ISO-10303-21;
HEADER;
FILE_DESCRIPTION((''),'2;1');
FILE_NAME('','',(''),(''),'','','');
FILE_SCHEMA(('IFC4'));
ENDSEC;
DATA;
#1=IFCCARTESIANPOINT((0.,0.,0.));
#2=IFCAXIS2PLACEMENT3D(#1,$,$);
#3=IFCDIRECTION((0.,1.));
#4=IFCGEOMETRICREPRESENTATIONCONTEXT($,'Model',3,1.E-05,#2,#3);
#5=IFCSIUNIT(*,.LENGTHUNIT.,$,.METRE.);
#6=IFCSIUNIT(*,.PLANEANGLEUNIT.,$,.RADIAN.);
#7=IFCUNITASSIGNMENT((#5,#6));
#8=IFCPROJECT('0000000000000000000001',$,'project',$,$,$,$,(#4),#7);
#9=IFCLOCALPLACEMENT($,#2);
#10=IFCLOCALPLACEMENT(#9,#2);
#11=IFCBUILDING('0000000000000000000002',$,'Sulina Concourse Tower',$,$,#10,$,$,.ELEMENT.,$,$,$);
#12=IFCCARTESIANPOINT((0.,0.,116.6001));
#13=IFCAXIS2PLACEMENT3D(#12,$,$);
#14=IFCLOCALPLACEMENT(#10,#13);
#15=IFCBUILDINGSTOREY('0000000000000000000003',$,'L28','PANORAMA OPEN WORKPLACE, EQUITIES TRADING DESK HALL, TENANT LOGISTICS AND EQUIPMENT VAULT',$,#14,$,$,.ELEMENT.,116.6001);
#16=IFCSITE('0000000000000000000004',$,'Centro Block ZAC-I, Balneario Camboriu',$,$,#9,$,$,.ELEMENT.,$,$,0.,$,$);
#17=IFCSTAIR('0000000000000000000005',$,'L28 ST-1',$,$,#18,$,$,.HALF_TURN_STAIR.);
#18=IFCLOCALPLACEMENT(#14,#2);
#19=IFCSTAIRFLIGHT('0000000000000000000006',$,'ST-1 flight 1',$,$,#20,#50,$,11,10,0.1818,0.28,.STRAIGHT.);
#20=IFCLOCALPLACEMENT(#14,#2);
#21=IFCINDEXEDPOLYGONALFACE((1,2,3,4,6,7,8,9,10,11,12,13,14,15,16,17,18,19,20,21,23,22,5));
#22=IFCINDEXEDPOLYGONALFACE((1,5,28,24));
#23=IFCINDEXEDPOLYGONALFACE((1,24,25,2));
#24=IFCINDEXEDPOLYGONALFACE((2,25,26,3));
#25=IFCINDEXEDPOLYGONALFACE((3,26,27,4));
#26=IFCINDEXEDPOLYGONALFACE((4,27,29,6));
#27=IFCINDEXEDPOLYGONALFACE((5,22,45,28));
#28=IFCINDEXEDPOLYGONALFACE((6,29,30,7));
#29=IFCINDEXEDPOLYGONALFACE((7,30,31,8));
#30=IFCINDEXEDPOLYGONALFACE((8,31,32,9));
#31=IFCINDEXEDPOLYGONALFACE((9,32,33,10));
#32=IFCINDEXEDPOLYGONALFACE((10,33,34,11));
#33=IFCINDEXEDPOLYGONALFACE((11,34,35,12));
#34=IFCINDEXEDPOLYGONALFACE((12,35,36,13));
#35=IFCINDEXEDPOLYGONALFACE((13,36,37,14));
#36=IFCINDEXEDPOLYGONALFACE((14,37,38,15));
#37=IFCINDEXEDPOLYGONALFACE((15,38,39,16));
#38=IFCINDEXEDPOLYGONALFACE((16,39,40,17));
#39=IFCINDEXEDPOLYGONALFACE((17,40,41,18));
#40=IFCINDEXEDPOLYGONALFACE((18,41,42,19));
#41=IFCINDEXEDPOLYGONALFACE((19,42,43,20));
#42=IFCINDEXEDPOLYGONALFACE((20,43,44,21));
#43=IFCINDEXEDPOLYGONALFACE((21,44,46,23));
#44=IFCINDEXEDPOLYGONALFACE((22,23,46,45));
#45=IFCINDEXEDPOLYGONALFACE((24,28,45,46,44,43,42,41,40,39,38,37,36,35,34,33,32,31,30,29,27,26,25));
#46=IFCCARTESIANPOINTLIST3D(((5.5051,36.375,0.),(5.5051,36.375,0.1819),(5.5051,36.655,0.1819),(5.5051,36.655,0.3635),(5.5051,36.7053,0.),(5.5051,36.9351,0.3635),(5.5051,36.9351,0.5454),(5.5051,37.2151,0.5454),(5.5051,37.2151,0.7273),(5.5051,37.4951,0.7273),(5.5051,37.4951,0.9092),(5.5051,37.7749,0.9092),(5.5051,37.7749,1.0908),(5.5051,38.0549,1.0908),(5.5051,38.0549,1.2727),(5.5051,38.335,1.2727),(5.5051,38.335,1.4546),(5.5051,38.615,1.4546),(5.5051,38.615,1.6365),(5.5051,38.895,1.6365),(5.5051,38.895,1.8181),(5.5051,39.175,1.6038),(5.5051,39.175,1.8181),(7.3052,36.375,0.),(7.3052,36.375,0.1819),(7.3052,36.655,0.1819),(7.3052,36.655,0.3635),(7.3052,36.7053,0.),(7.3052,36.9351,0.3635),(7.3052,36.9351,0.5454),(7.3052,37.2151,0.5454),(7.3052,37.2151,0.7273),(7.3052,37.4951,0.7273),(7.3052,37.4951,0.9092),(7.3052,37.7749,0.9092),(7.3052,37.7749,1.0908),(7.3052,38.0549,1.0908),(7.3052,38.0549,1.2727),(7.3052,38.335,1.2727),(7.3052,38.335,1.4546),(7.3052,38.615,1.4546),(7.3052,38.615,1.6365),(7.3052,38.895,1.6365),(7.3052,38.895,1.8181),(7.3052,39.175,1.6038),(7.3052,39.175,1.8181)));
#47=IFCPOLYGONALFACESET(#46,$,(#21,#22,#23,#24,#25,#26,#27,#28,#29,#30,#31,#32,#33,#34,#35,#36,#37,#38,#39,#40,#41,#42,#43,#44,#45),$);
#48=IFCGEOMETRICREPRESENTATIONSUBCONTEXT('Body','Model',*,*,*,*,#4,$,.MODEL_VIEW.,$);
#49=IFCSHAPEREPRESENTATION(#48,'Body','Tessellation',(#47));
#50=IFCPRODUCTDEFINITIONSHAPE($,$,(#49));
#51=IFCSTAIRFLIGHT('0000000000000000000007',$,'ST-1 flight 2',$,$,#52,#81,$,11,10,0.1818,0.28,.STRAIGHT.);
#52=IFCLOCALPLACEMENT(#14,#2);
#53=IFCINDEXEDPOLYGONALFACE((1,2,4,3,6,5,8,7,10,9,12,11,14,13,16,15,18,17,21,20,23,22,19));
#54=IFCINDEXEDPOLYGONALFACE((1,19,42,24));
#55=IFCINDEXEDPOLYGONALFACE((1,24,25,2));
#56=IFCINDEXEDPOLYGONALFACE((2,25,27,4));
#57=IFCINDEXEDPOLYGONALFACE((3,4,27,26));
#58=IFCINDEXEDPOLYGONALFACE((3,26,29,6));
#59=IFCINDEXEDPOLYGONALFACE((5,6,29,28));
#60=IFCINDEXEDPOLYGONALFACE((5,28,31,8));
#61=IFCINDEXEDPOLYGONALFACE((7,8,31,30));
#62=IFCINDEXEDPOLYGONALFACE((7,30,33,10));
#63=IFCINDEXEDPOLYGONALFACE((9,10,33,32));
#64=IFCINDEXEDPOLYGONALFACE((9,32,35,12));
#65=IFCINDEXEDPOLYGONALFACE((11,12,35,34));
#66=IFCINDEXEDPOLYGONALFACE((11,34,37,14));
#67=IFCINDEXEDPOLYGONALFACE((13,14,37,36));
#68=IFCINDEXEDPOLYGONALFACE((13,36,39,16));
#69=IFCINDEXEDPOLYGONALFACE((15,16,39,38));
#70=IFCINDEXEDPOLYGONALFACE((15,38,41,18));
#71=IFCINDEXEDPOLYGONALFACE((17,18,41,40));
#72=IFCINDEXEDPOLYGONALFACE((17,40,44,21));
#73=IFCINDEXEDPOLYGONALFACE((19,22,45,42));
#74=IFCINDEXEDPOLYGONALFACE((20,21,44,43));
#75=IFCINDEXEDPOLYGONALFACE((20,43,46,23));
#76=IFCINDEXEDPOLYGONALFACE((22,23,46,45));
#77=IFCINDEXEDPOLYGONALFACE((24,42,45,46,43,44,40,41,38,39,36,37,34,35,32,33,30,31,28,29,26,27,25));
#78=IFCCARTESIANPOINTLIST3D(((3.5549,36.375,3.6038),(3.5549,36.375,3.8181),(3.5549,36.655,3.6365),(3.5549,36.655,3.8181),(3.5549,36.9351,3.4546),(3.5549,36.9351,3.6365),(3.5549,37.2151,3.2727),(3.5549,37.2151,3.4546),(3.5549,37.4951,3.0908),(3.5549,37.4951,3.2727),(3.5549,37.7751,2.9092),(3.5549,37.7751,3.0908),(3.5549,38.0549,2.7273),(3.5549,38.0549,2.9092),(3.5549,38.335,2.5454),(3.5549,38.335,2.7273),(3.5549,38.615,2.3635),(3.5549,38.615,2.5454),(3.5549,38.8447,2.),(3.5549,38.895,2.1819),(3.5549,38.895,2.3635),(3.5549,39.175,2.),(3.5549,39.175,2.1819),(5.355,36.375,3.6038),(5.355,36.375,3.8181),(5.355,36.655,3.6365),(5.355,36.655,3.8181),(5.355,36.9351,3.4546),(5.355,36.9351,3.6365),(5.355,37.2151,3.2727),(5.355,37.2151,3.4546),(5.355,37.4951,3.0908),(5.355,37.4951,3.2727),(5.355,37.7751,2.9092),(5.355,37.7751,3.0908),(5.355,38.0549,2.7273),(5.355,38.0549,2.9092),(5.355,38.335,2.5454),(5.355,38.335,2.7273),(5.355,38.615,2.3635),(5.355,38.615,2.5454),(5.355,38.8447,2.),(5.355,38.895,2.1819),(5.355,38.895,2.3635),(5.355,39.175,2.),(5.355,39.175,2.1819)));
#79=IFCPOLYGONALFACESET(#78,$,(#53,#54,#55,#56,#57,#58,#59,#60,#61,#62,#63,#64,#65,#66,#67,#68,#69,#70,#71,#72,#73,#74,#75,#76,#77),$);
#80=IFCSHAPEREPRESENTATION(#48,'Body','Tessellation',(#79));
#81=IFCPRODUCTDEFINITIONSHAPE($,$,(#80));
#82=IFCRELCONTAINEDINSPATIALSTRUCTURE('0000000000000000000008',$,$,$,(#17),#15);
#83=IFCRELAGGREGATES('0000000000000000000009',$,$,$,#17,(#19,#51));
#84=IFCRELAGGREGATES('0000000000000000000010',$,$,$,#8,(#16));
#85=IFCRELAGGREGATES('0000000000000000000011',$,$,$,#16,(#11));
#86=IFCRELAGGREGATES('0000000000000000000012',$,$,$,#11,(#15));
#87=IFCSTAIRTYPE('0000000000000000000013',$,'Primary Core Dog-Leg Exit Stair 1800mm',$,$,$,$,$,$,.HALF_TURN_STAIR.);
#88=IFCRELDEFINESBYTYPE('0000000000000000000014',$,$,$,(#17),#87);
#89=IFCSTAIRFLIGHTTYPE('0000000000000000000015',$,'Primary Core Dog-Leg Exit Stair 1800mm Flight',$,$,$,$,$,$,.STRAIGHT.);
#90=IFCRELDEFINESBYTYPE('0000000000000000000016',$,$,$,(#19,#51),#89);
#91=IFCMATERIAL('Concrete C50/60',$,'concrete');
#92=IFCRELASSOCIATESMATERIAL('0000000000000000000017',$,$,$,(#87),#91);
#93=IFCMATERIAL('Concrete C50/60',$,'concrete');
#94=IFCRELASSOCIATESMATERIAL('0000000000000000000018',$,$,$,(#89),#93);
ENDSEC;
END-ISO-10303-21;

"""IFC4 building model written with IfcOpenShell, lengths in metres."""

from ifc_helpers import new_model, si_unit, direction, frame, origin, place, context, subcontext, project, spatial, polyline, outline, extrude, material, type_object, element, aggregate, save


model = new_model("IFC4")

# Units and contexts
model_context = context("Model", 3, precision=1e-05, world=origin(), true_north=direction((0.0, 1.0)))
body_context = subcontext(model_context, "Body", "Model", "MODEL_VIEW")
ifc_project = project(units=[si_unit("LENGTHUNIT", "METRE"), si_unit("PLANEANGLEUNIT", "RADIAN")], contexts=[model_context])

# Site, building, storey
site_placement = place(None, origin())
site = spatial("IfcSite", under=ifc_project, at=site_placement, Name="Centro Block ZAC-I, Balneario Camboriu", CompositionType="ELEMENT", RefElevation=0.0)
building_placement = place(site_placement, origin())
building = spatial("IfcBuilding", under=site, at=building_placement, Name="Sulina Concourse Tower", CompositionType="ELEMENT")
storey_placement = place(building_placement, frame((0.0, 0.0, 116.6001)))
storey = spatial("IfcBuildingStorey", under=building, at=storey_placement, Name="L28", Description="PANORAMA OPEN WORKPLACE, EQUITIES TRADING DESK HALL, TENANT LOGISTICS AND EQUIPMENT VAULT", CompositionType="ELEMENT", Elevation=116.6001)

# Stair, stair flights
ifc_material_1 = material(Name="Concrete C50/60", Category="concrete")
stair_type = type_object("IfcStairType", Name="Primary Core Dog-Leg Exit Stair 1800mm", PredefinedType="HALF_TURN_STAIR", material=ifc_material_1)
stair_placement = place(storey_placement, origin())
stair = element("IfcStair", 1, at=stair_placement, inside=storey, type_object=stair_type, Name="L28 ST-1", PredefinedType="HALF_TURN_STAIR")
ifc_material_2 = material(Name="Concrete C50/60", Category="concrete")
stair_flight_type = type_object("IfcStairFlightType", Name="Primary Core Dog-Leg Exit Stair 1800mm Flight", PredefinedType="STRAIGHT", material=ifc_material_2)
stair_flight_1_placement = place(storey_placement, frame((6.405, 36.375, 0.0), z_axis=(0.0, 0.0, 1.0), x_axis=(0.0, 1.0, 0.0)))
stair_flight_1 = element("IfcStairFlight", 2, at=stair_flight_1_placement, type_object=stair_flight_type, Name="ST-1 flight 1", NumberOfRisers=11, NumberOfTreads=10, PredefinedType="STRAIGHT", RiserHeight=0.1818, TreadLength=0.28, context=body_context, shape_type="SweptSolid", body=[
    extrude(outline(polyline([(0.0, 0.0), (0.0, 0.1819), (0.28, 0.1819), (0.28, 0.3635), (0.5601, 0.3635), (0.5601, 0.5454), (0.8401, 0.5454), (0.8401, 0.7273), (1.1201, 0.7273), (1.1201, 0.9092), (1.3999, 0.9092), (1.3999, 1.0908), (1.6799, 1.0908), (1.6799, 1.2727), (1.96, 1.2727), (1.96, 1.4546), (2.24, 1.4546), (2.24, 1.6365), (2.52, 1.6365), (2.52, 1.8181), (2.8, 1.8181), (2.8, 2.0), (2.8, 1.6038), (0.3303, 0.0), (0.0, 0.0)])), frame((0.0, 0.8999, 0.0), z_axis=(0.0, -1.0, 0.0), x_axis=(1.0, 0.0, 0.0)), (0.0, 0.0, 1.0), 1.8),
])
stair_flight_2_placement = place(storey_placement, frame((4.4551, 39.175, 2.0), z_axis=(0.0, 0.0, 1.0), x_axis=(0.0, -1.0, 0.0)))
stair_flight_2 = element("IfcStairFlight", 3, at=stair_flight_2_placement, type_object=stair_flight_type, Name="ST-1 flight 2", NumberOfRisers=11, NumberOfTreads=10, PredefinedType="STRAIGHT", RiserHeight=0.1818, TreadLength=0.28, context=body_context, shape_type="SweptSolid", body=[
    extrude(outline(polyline([(0.0, 0.0), (0.0, 0.1819), (0.28, 0.1819), (0.28, 0.3635), (0.5601, 0.3635), (0.5601, 0.5454), (0.8401, 0.5454), (0.8401, 0.7273), (1.1201, 0.7273), (1.1201, 0.9092), (1.3999, 0.9092), (1.3999, 1.0908), (1.6799, 1.0908), (1.6799, 1.2727), (1.96, 1.2727), (1.96, 1.4546), (2.24, 1.4546), (2.24, 1.6365), (2.52, 1.6365), (2.52, 1.8181), (2.8, 1.8181), (2.8, 2.0), (2.8, 1.6038), (0.3303, 0.0), (0.0, 0.0)])), frame((0.0, 0.8999, 0.0), z_axis=(0.0, -1.0, 0.0), x_axis=(1.0, 0.0, 0.0)), (0.0, 0.0, 1.0), 1.8),
])
aggregate(stair, [stair_flight_1, stair_flight_2])

save(model, "model.ifc")
